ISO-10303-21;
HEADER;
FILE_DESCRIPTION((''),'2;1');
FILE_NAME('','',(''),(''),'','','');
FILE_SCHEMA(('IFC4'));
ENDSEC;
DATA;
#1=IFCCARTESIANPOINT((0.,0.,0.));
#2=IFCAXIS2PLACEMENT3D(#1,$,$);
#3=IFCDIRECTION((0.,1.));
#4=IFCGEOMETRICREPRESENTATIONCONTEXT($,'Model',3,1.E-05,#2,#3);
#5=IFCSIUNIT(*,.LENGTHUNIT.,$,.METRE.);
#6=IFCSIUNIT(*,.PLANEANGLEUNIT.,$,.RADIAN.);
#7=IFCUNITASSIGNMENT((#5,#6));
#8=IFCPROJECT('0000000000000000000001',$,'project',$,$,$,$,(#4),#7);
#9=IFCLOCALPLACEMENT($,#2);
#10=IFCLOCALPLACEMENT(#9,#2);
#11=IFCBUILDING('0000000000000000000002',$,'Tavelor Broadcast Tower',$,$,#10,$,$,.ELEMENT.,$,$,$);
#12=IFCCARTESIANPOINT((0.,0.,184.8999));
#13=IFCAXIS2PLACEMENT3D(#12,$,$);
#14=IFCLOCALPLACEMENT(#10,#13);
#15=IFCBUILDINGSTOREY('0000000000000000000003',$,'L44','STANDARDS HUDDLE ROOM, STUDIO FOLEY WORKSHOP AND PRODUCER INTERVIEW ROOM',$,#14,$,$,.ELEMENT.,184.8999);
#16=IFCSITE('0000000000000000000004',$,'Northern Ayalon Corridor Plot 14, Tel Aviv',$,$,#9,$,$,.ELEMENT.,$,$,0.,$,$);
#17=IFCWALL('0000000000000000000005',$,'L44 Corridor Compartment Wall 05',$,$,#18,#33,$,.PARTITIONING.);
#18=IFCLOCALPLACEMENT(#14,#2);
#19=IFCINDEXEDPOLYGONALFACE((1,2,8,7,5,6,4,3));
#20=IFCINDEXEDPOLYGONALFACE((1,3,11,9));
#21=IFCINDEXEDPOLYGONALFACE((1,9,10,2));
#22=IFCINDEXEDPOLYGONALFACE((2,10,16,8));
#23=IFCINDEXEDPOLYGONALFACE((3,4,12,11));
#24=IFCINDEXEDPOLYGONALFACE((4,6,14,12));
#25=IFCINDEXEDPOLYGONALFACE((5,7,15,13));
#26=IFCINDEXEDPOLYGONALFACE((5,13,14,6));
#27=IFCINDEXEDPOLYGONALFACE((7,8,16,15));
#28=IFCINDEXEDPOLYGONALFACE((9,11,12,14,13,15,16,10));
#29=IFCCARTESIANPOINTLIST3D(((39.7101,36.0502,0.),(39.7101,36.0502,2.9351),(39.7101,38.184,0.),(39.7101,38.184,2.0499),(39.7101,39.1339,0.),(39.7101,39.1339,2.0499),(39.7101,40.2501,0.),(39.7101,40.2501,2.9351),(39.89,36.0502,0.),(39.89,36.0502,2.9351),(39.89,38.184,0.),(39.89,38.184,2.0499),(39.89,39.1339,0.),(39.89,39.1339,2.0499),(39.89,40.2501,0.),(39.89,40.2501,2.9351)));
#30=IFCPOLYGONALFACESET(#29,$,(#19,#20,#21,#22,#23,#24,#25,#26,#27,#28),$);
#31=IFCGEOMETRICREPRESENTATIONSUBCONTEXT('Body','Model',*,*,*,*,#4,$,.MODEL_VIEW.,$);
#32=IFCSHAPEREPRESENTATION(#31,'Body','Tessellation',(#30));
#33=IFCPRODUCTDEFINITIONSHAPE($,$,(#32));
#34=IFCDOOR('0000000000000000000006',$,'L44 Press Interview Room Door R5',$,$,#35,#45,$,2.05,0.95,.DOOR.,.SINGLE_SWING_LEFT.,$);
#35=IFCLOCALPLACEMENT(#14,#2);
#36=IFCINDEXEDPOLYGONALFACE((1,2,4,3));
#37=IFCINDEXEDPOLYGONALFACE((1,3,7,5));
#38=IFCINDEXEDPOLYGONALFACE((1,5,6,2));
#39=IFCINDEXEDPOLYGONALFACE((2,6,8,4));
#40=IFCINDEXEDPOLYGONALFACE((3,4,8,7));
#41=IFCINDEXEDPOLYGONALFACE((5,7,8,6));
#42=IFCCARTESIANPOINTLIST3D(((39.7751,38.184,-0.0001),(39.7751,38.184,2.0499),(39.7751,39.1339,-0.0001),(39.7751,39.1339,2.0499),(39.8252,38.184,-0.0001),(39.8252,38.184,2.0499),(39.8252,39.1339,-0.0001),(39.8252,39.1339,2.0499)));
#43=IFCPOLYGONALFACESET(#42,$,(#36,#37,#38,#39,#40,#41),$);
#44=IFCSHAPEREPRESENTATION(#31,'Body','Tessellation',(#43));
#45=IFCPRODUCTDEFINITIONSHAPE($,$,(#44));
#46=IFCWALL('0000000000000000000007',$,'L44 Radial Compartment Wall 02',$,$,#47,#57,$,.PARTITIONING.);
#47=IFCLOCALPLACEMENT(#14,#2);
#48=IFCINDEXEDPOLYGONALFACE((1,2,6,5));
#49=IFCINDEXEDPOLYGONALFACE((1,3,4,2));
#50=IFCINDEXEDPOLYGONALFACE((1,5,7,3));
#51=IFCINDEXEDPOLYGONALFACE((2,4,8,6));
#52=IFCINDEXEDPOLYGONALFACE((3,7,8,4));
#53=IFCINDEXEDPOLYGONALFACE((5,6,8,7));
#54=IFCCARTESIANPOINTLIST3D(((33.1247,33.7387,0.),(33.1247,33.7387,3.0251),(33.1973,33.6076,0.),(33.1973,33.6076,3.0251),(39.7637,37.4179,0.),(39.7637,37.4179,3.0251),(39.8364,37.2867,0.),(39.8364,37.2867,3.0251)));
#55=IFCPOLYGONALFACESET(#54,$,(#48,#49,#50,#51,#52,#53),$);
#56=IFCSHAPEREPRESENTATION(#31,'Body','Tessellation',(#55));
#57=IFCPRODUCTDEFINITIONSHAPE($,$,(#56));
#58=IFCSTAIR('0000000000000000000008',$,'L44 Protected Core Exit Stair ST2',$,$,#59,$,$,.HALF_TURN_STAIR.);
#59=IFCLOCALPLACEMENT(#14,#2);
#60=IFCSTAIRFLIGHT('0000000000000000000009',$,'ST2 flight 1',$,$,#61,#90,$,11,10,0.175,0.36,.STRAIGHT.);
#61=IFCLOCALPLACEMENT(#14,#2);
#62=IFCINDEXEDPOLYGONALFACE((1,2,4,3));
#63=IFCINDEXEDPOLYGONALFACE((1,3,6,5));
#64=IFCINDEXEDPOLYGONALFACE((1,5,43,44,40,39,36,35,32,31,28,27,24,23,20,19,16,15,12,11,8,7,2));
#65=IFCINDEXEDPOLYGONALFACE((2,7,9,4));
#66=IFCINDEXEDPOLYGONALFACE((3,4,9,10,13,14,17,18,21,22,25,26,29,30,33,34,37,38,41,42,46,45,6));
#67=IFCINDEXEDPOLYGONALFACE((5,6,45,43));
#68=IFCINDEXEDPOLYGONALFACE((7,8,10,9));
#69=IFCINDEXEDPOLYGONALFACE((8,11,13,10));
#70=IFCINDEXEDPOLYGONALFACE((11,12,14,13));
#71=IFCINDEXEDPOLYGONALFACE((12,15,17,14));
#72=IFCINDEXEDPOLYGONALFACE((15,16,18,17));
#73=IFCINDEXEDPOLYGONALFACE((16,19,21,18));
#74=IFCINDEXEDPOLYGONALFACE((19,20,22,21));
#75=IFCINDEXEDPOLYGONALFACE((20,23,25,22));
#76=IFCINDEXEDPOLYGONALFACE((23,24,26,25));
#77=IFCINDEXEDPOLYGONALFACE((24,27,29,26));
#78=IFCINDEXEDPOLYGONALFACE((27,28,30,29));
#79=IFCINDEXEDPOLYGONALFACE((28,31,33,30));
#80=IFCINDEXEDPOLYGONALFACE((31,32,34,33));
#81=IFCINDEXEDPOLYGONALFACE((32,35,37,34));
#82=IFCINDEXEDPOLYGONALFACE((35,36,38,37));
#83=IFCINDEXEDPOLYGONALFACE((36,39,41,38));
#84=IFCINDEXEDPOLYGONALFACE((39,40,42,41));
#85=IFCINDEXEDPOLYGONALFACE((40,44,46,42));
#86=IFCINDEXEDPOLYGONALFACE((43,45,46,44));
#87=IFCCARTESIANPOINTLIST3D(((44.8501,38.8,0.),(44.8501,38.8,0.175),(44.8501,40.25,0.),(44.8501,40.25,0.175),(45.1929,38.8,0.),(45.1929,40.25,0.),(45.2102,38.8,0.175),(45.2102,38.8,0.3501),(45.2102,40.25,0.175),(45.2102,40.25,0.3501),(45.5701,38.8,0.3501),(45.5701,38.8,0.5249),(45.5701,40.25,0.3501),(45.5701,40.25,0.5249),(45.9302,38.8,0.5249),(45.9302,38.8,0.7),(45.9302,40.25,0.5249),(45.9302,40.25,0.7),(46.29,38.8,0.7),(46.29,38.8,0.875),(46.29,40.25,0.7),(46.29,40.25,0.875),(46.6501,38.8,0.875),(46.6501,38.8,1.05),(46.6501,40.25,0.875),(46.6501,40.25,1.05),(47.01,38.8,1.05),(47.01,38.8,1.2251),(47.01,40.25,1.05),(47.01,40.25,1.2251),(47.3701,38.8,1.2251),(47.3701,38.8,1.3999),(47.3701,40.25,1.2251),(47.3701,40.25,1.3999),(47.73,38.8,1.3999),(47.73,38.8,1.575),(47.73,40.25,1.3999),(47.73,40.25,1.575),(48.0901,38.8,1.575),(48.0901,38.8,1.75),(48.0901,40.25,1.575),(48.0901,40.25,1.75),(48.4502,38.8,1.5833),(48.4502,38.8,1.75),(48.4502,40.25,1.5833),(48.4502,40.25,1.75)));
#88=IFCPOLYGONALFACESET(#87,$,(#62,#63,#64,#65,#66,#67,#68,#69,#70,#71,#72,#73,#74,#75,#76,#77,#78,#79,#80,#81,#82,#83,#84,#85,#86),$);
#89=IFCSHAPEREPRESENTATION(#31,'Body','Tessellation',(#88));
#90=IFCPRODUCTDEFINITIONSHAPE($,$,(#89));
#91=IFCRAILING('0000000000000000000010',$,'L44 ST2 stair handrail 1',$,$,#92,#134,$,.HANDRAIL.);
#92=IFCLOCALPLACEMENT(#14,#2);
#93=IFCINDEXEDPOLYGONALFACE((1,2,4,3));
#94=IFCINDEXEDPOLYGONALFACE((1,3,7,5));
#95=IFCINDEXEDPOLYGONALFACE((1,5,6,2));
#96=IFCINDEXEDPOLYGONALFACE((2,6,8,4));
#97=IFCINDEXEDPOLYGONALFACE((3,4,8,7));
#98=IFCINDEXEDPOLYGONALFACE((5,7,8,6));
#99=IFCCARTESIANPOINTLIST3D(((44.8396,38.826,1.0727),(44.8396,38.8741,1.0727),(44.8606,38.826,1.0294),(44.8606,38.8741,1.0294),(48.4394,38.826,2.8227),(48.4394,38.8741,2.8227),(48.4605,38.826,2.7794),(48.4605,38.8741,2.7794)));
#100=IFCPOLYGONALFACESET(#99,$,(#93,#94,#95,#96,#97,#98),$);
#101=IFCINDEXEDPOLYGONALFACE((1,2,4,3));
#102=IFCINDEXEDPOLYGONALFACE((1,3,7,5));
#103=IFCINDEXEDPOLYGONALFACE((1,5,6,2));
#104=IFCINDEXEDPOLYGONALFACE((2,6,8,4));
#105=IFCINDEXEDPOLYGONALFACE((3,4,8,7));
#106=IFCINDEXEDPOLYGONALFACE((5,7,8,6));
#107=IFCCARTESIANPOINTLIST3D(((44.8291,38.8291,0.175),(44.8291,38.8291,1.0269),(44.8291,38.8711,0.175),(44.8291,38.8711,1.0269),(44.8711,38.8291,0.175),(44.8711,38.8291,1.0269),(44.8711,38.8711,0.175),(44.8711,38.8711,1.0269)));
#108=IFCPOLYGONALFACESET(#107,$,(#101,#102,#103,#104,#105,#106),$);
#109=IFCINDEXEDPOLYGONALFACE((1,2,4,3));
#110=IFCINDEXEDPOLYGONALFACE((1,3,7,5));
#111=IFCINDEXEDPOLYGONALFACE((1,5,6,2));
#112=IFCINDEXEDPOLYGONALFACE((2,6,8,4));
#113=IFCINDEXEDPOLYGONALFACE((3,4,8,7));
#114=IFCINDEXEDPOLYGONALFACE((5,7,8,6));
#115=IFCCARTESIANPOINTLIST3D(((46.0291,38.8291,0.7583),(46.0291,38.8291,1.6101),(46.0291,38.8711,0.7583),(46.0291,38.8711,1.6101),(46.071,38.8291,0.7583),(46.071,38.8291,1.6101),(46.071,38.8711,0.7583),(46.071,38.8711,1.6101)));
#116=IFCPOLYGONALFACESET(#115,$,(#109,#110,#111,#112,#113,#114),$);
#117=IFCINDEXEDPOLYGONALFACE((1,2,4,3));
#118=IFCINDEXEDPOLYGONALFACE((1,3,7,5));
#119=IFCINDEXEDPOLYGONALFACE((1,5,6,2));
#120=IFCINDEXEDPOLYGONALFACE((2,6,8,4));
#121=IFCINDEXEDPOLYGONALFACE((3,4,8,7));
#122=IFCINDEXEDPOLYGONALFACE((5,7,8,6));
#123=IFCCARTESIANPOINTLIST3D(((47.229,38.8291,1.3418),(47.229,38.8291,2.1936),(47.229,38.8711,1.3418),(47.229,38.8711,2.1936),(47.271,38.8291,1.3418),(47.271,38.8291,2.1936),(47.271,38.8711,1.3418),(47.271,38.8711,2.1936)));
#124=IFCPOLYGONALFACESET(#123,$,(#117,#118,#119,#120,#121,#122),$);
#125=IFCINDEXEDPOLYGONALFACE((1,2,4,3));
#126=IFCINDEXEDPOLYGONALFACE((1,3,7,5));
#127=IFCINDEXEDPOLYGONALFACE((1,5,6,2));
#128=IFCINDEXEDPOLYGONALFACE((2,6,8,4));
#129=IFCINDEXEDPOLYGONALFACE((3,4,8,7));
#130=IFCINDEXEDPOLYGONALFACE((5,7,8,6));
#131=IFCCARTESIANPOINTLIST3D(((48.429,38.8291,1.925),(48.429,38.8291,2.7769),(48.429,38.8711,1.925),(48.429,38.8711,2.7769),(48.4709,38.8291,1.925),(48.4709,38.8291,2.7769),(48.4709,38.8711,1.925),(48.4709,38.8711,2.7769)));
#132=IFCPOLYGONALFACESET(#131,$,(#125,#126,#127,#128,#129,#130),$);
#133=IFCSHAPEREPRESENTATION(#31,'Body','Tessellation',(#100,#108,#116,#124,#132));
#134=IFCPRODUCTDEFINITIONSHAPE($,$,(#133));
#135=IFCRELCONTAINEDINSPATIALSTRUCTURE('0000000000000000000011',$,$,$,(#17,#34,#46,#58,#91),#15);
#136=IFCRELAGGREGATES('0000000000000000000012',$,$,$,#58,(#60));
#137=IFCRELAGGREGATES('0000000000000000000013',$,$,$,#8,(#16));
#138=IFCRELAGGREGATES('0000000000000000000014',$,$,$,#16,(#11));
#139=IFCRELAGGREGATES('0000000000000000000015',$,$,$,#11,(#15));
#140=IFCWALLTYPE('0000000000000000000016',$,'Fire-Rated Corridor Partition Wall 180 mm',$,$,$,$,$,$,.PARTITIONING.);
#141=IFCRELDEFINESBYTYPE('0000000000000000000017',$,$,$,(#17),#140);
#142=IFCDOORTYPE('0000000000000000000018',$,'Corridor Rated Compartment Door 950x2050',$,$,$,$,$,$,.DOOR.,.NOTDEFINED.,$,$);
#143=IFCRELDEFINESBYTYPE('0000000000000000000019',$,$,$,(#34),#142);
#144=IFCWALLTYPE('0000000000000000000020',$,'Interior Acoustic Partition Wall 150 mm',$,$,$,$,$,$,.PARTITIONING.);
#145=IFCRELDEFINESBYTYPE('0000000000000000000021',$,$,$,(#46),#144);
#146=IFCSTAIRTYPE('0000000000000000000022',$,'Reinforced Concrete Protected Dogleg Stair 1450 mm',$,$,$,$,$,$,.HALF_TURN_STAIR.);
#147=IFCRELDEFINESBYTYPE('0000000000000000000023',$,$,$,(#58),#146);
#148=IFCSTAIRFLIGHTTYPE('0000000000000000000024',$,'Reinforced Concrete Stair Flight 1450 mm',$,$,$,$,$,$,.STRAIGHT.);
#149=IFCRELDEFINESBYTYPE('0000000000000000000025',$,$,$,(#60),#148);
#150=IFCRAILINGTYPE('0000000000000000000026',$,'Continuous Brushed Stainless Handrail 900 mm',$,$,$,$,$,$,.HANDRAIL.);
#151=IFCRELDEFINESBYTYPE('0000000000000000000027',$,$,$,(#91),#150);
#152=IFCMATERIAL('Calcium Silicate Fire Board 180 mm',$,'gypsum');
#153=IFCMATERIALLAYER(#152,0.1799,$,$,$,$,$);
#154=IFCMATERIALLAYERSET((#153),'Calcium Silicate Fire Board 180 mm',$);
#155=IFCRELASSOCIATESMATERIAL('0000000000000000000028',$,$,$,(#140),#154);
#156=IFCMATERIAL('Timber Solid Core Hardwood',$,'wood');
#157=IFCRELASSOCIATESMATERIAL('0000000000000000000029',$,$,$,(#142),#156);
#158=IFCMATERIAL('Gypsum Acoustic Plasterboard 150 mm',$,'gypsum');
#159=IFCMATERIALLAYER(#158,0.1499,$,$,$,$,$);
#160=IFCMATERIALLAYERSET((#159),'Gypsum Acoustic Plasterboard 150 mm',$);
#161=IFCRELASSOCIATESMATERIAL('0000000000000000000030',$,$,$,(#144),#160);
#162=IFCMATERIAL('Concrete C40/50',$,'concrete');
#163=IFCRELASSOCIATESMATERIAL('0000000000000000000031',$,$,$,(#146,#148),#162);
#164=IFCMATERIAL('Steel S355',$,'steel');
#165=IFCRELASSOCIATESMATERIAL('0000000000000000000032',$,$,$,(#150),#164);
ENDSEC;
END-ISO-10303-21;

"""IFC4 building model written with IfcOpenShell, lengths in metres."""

from ifc_helpers import new_model, si_unit, direction, frame, frame_2d, origin, origin_2d, place, context, subcontext, project, spatial, polyline, rectangle, outline, extrude, material, layer, layer_set, type_object, element, fill, aggregate, save


model = new_model("IFC4")

# Units and contexts
model_context = context("Model", 3, precision=1e-05, world=origin(), true_north=direction((0.0, 1.0)))
body_context = subcontext(model_context, "Body", "Model", "MODEL_VIEW")
ifc_project = project(units=[si_unit("LENGTHUNIT", "METRE"), si_unit("PLANEANGLEUNIT", "RADIAN")], contexts=[model_context])

# Site, building, storey
site_placement = place(None, origin())
site = spatial("IfcSite", under=ifc_project, at=site_placement, Name="Northern Ayalon Corridor Plot 14, Tel Aviv", CompositionType="ELEMENT", RefElevation=0.0)
building_placement = place(site_placement, origin())
building = spatial("IfcBuilding", under=site, at=building_placement, Name="Tavelor Broadcast Tower", CompositionType="ELEMENT")
storey_placement = place(building_placement, frame((0.0, 0.0, 184.8999)))
storey = spatial("IfcBuildingStorey", under=building, at=storey_placement, Name="L44", Description="STANDARDS HUDDLE ROOM, STUDIO FOLEY WORKSHOP AND PRODUCER INTERVIEW ROOM", CompositionType="ELEMENT", Elevation=184.8999)

# Shared definitions
ifc_material_1 = material(Name="Concrete C40/50", Category="concrete")
ifc_material_2 = material(Name="Steel S355", Category="steel")

# Wall, opening, door
ifc_material_3 = material(Name="Calcium Silicate Fire Board 180 mm", Category="gypsum")
ifc_layer_1 = layer(ifc_material_3, 0.1799)
ifc_layer_set_1 = layer_set([ifc_layer_1], Name="Calcium Silicate Fire Board 180 mm")
wall_type_1 = type_object("IfcWallType", Name="Fire-Rated Corridor Partition Wall 180 mm", PredefinedType="PARTITIONING", material=ifc_layer_set_1)
wall_1_placement = place(storey_placement, frame((39.8, 36.05, 0.0), z_axis=(0.0, 0.0, 1.0), x_axis=(0.0, 1.0, 0.0)))
wall_1 = element("IfcWall", 1, at=wall_1_placement, inside=storey, type_object=wall_type_1, Name="L44 Corridor Compartment Wall 05", PredefinedType="PARTITIONING", context=body_context, shape_type="SweptSolid", body=[
    extrude(rectangle(XDim=4.2, YDim=0.1799, at=frame_2d((2.1001, 0.0))), origin(), (0.0, 0.0, 1.0), 2.9351),
])
opening_1_placement = place(wall_1_placement, frame((2.1338, 0.0, 0.0)))
opening_1 = element("IfcOpeningElement", 2, at=opening_1_placement, cuts=wall_1, PredefinedType="OPENING", context=body_context, shape_type="SweptSolid", body=[
    extrude(rectangle(XDim=0.95, YDim=2.05, at=frame_2d((0.4751, 1.0249))), frame((0.0, 0.1001, 0.0), z_axis=(0.0, -1.0, 0.0), x_axis=(1.0, 0.0, 0.0)), (0.0, 0.0, 1.0), 0.2),
])
ifc_material_4 = material(Name="Timber Solid Core Hardwood", Category="wood")
door_type_1 = type_object("IfcDoorType", Name="Corridor Rated Compartment Door 950x2050", OperationType="NOTDEFINED", PredefinedType="DOOR", material=ifc_material_4)
door_1_placement = place(opening_1_placement, origin())
door_1 = element("IfcDoor", 3, at=door_1_placement, inside=storey, type_object=door_type_1, Name="L44 Press Interview Room Door R5", OperationType="SINGLE_SWING_LEFT", OverallHeight=2.05, OverallWidth=0.95, PredefinedType="DOOR", context=body_context, shape_type="SweptSolid", body=[
    extrude(rectangle(XDim=0.95, YDim=2.05, at=frame_2d((0.4751, 1.0249))), frame((0.0, 0.0249, 0.0), z_axis=(0.0, -1.0, 0.0), x_axis=(1.0, 0.0, 0.0)), (0.0, 0.0, 1.0), 0.05),
])
fill(opening_1, door_1)

# Wall
ifc_material_5 = material(Name="Gypsum Acoustic Plasterboard 150 mm", Category="gypsum")
ifc_layer_2 = layer(ifc_material_5, 0.1499)
ifc_layer_set_2 = layer_set([ifc_layer_2], Name="Gypsum Acoustic Plasterboard 150 mm")
wall_type_2 = type_object("IfcWallType", Name="Interior Acoustic Partition Wall 150 mm", PredefinedType="PARTITIONING", material=ifc_layer_set_2)
wall_2_placement = place(storey_placement, frame((39.8, 37.3523, 0.0), z_axis=(0.0, 0.0, 1.0), x_axis=(-0.874673, -0.484714, 0.0)))
element("IfcWall", 4, at=wall_2_placement, inside=storey, type_object=wall_type_2, Name="L44 Radial Compartment Wall 02", PredefinedType="PARTITIONING", context=body_context, shape_type="SweptSolid", body=[
    extrude(rectangle(XDim=7.5903, YDim=0.1499, at=frame_2d((3.7952, 0.0))), origin(), (0.0, 0.0, 1.0), 3.0251),
])

# Stair, stair flight
stair_type = type_object("IfcStairType", Name="Reinforced Concrete Protected Dogleg Stair 1450 mm", PredefinedType="HALF_TURN_STAIR", material=ifc_material_1)
stair_placement = place(storey_placement, origin())
stair = element("IfcStair", 5, at=stair_placement, inside=storey, type_object=stair_type, Name="L44 Protected Core Exit Stair ST2", PredefinedType="HALF_TURN_STAIR")
stair_flight_type = type_object("IfcStairFlightType", Name="Reinforced Concrete Stair Flight 1450 mm", PredefinedType="STRAIGHT", material=ifc_material_1)
stair_flight_placement = place(storey_placement, frame((44.8501, 39.5249, 0.0), z_axis=(0.0, 0.0, 1.0), x_axis=(1.0, 0.0, 0.0)))
stair_flight = element("IfcStairFlight", 6, at=stair_flight_placement, type_object=stair_flight_type, Name="ST2 flight 1", NumberOfRisers=11, NumberOfTreads=10, PredefinedType="STRAIGHT", RiserHeight=0.175, TreadLength=0.36, context=body_context, shape_type="SweptSolid", body=[
    extrude(outline(polyline([(0.0, 0.0), (0.0, 0.175), (0.3601, 0.175), (0.3601, 0.3501), (0.72, 0.3501), (0.72, 0.5249), (1.0801, 0.5249), (1.0801, 0.7), (1.4399, 0.7), (1.4399, 0.875), (1.8, 0.875), (1.8, 1.05), (2.1599, 1.05), (2.1599, 1.2251), (2.52, 1.2251), (2.52, 1.3999), (2.8799, 1.3999), (2.8799, 1.575), (3.24, 1.575), (3.24, 1.75), (3.6001, 1.75), (3.6001, 1.925), (3.6001, 1.5833), (0.3428, 0.0), (0.0, 0.0)])), frame((0.0, 0.7251, 0.0), z_axis=(0.0, -1.0, 0.0), x_axis=(1.0, 0.0, 0.0)), (0.0, 0.0, 1.0), 1.45),
])
aggregate(stair, [stair_flight])

# Railing
railing_type = type_object("IfcRailingType", Name="Continuous Brushed Stainless Handrail 900 mm", PredefinedType="HANDRAIL", material=ifc_material_2)
railing_placement = place(storey_placement, frame((44.8501, 38.8501, 0.175)))
element("IfcRailing", 7, at=railing_placement, inside=storey, type_object=railing_type, Name="L44 ST2 stair handrail 1", PredefinedType="HANDRAIL", context=body_context, shape_type="SweptSolid", body=[
    extrude(rectangle(XDim=0.0481, YDim=0.0481, at=origin_2d()), frame((0.0, 0.0, 0.876), z_axis=(0.899361, 0.0, 0.437207), x_axis=(0.0, 1.0, 0.0)), (0.0, 0.0, 1.0), 4.0027),
    extrude(rectangle(XDim=0.042, YDim=0.042, at=origin_2d()), origin(), (0.0, 0.0, 1.0), 0.8518),
    extrude(rectangle(XDim=0.042, YDim=0.042, at=origin_2d()), frame((1.2, 0.0, 0.5833)), (0.0, 0.0, 1.0), 0.8518),
    extrude(rectangle(XDim=0.042, YDim=0.042, at=origin_2d()), frame((2.3999, 0.0, 1.1667)), (0.0, 0.0, 1.0), 0.8518),
    extrude(rectangle(XDim=0.042, YDim=0.042, at=origin_2d()), frame((3.5999, 0.0, 1.75)), (0.0, 0.0, 1.0), 0.8518),
])

save(model, "model.ifc")
